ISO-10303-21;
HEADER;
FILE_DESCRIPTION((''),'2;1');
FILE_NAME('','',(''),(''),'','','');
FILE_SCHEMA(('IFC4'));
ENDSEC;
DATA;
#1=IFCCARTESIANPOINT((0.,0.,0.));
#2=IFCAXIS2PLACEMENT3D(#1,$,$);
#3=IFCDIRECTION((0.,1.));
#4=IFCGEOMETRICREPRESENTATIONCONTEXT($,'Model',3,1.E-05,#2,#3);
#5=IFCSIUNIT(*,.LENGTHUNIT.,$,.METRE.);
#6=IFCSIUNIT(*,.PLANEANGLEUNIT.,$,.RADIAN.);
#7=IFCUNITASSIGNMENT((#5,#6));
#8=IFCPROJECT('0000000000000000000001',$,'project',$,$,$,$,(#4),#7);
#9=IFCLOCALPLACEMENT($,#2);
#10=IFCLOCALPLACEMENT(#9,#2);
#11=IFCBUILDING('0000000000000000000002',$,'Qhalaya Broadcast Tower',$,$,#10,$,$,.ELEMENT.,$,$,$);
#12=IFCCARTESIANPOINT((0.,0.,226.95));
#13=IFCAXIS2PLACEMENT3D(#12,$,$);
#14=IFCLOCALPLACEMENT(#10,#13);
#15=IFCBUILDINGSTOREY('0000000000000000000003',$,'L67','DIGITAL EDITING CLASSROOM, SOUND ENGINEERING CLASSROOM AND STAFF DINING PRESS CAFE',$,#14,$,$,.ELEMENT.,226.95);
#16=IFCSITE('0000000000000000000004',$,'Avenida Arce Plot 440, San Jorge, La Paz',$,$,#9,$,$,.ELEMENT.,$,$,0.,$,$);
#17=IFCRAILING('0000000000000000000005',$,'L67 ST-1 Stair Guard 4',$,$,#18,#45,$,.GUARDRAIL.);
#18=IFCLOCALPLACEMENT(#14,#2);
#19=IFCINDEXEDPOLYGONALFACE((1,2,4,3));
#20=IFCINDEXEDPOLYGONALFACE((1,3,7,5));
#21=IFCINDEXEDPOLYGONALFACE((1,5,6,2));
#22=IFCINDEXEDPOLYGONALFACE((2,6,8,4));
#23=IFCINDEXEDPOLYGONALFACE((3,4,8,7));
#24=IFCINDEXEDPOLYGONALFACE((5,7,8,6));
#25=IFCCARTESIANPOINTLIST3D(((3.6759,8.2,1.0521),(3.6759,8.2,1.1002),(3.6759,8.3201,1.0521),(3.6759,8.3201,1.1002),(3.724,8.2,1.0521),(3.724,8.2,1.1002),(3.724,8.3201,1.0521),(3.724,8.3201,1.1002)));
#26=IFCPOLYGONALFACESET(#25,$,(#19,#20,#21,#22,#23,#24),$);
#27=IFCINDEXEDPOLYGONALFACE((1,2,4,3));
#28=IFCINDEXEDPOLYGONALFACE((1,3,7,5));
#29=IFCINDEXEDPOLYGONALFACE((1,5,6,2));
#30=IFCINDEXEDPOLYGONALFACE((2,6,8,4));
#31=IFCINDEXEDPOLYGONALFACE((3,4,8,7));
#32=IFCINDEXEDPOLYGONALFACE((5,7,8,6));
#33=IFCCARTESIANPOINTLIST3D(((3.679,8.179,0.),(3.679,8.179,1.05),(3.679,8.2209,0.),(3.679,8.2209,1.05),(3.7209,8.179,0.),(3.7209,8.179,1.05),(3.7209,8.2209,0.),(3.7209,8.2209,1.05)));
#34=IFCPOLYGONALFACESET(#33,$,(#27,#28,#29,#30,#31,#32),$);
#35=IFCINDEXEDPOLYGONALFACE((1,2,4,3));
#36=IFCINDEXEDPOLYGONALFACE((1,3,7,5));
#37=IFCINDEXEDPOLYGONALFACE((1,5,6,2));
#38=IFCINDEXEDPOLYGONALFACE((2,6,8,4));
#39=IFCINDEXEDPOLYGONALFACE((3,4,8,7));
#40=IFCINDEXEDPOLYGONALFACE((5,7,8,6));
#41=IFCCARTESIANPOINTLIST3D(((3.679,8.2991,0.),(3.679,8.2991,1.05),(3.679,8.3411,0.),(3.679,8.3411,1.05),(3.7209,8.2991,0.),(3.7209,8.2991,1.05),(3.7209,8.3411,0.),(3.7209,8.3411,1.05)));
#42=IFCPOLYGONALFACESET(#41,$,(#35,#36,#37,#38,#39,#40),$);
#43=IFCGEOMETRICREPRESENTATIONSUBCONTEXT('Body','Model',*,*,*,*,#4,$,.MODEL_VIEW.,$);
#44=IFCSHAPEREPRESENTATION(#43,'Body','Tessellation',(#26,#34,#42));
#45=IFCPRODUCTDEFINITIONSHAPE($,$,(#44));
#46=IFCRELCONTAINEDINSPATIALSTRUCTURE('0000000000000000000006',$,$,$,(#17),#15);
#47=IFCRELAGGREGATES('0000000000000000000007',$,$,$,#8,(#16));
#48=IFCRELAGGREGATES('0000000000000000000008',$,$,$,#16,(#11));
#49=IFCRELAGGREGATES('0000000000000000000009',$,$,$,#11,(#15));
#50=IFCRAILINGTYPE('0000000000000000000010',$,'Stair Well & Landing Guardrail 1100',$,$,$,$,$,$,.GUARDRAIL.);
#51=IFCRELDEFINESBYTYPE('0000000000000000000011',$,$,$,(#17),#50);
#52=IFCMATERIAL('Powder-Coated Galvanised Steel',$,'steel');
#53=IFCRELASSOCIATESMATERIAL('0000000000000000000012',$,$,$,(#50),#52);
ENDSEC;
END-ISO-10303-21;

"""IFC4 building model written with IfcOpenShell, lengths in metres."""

from ifc_helpers import new_model, si_unit, direction, frame, origin, origin_2d, place, context, subcontext, project, spatial, rectangle, extrude, material, type_object, element, save


model = new_model("IFC4")

# Units and contexts
model_context = context("Model", 3, precision=1e-05, world=origin(), true_north=direction((0.0, 1.0)))
body_context = subcontext(model_context, "Body", "Model", "MODEL_VIEW")
ifc_project = project(units=[si_unit("LENGTHUNIT", "METRE"), si_unit("PLANEANGLEUNIT", "RADIAN")], contexts=[model_context])

# Site, building, storey
site_placement = place(None, origin())
site = spatial("IfcSite", under=ifc_project, at=site_placement, Name="Avenida Arce Plot 440, San Jorge, La Paz", CompositionType="ELEMENT", RefElevation=0.0)
building_placement = place(site_placement, origin())
building = spatial("IfcBuilding", under=site, at=building_placement, Name="Qhalaya Broadcast Tower", CompositionType="ELEMENT")
storey_placement = place(building_placement, frame((0.0, 0.0, 226.95)))
storey = spatial("IfcBuildingStorey", under=building, at=storey_placement, Name="L67", Description="DIGITAL EDITING CLASSROOM, SOUND ENGINEERING CLASSROOM AND STAFF DINING PRESS CAFE", CompositionType="ELEMENT", Elevation=226.95)

# Railing
ifc_material_1 = material(Name="Powder-Coated Galvanised Steel", Category="steel")
railing_type_1 = type_object("IfcRailingType", Name="Stair Well & Landing Guardrail 1100", PredefinedType="GUARDRAIL", material=ifc_material_1)
railing_1_placement = place(storey_placement, frame((3.7, 8.2, 0.0)))
element("IfcRailing", 1, at=railing_1_placement, inside=storey, type_object=railing_type_1, Name="L67 ST-1 Stair Guard 4", PredefinedType="GUARDRAIL", context=body_context, shape_type="SweptSolid", body=[
    extrude(rectangle(XDim=0.0481, YDim=0.0481, at=origin_2d()), frame((0.0, 0.0, 1.0762), z_axis=(0.0, 1.0, 0.0), x_axis=(-1.0, 0.0, 0.0)), (0.0, 0.0, 1.0), 0.1201),
    extrude(rectangle(XDim=0.042, YDim=0.042, at=origin_2d()), origin(), (0.0, 0.0, 1.0), 1.05),
    extrude(rectangle(XDim=0.042, YDim=0.042, at=origin_2d()), frame((0.0, 0.1201, 0.0)), (0.0, 0.0, 1.0), 1.05),
])

save(model, "model.ifc")
